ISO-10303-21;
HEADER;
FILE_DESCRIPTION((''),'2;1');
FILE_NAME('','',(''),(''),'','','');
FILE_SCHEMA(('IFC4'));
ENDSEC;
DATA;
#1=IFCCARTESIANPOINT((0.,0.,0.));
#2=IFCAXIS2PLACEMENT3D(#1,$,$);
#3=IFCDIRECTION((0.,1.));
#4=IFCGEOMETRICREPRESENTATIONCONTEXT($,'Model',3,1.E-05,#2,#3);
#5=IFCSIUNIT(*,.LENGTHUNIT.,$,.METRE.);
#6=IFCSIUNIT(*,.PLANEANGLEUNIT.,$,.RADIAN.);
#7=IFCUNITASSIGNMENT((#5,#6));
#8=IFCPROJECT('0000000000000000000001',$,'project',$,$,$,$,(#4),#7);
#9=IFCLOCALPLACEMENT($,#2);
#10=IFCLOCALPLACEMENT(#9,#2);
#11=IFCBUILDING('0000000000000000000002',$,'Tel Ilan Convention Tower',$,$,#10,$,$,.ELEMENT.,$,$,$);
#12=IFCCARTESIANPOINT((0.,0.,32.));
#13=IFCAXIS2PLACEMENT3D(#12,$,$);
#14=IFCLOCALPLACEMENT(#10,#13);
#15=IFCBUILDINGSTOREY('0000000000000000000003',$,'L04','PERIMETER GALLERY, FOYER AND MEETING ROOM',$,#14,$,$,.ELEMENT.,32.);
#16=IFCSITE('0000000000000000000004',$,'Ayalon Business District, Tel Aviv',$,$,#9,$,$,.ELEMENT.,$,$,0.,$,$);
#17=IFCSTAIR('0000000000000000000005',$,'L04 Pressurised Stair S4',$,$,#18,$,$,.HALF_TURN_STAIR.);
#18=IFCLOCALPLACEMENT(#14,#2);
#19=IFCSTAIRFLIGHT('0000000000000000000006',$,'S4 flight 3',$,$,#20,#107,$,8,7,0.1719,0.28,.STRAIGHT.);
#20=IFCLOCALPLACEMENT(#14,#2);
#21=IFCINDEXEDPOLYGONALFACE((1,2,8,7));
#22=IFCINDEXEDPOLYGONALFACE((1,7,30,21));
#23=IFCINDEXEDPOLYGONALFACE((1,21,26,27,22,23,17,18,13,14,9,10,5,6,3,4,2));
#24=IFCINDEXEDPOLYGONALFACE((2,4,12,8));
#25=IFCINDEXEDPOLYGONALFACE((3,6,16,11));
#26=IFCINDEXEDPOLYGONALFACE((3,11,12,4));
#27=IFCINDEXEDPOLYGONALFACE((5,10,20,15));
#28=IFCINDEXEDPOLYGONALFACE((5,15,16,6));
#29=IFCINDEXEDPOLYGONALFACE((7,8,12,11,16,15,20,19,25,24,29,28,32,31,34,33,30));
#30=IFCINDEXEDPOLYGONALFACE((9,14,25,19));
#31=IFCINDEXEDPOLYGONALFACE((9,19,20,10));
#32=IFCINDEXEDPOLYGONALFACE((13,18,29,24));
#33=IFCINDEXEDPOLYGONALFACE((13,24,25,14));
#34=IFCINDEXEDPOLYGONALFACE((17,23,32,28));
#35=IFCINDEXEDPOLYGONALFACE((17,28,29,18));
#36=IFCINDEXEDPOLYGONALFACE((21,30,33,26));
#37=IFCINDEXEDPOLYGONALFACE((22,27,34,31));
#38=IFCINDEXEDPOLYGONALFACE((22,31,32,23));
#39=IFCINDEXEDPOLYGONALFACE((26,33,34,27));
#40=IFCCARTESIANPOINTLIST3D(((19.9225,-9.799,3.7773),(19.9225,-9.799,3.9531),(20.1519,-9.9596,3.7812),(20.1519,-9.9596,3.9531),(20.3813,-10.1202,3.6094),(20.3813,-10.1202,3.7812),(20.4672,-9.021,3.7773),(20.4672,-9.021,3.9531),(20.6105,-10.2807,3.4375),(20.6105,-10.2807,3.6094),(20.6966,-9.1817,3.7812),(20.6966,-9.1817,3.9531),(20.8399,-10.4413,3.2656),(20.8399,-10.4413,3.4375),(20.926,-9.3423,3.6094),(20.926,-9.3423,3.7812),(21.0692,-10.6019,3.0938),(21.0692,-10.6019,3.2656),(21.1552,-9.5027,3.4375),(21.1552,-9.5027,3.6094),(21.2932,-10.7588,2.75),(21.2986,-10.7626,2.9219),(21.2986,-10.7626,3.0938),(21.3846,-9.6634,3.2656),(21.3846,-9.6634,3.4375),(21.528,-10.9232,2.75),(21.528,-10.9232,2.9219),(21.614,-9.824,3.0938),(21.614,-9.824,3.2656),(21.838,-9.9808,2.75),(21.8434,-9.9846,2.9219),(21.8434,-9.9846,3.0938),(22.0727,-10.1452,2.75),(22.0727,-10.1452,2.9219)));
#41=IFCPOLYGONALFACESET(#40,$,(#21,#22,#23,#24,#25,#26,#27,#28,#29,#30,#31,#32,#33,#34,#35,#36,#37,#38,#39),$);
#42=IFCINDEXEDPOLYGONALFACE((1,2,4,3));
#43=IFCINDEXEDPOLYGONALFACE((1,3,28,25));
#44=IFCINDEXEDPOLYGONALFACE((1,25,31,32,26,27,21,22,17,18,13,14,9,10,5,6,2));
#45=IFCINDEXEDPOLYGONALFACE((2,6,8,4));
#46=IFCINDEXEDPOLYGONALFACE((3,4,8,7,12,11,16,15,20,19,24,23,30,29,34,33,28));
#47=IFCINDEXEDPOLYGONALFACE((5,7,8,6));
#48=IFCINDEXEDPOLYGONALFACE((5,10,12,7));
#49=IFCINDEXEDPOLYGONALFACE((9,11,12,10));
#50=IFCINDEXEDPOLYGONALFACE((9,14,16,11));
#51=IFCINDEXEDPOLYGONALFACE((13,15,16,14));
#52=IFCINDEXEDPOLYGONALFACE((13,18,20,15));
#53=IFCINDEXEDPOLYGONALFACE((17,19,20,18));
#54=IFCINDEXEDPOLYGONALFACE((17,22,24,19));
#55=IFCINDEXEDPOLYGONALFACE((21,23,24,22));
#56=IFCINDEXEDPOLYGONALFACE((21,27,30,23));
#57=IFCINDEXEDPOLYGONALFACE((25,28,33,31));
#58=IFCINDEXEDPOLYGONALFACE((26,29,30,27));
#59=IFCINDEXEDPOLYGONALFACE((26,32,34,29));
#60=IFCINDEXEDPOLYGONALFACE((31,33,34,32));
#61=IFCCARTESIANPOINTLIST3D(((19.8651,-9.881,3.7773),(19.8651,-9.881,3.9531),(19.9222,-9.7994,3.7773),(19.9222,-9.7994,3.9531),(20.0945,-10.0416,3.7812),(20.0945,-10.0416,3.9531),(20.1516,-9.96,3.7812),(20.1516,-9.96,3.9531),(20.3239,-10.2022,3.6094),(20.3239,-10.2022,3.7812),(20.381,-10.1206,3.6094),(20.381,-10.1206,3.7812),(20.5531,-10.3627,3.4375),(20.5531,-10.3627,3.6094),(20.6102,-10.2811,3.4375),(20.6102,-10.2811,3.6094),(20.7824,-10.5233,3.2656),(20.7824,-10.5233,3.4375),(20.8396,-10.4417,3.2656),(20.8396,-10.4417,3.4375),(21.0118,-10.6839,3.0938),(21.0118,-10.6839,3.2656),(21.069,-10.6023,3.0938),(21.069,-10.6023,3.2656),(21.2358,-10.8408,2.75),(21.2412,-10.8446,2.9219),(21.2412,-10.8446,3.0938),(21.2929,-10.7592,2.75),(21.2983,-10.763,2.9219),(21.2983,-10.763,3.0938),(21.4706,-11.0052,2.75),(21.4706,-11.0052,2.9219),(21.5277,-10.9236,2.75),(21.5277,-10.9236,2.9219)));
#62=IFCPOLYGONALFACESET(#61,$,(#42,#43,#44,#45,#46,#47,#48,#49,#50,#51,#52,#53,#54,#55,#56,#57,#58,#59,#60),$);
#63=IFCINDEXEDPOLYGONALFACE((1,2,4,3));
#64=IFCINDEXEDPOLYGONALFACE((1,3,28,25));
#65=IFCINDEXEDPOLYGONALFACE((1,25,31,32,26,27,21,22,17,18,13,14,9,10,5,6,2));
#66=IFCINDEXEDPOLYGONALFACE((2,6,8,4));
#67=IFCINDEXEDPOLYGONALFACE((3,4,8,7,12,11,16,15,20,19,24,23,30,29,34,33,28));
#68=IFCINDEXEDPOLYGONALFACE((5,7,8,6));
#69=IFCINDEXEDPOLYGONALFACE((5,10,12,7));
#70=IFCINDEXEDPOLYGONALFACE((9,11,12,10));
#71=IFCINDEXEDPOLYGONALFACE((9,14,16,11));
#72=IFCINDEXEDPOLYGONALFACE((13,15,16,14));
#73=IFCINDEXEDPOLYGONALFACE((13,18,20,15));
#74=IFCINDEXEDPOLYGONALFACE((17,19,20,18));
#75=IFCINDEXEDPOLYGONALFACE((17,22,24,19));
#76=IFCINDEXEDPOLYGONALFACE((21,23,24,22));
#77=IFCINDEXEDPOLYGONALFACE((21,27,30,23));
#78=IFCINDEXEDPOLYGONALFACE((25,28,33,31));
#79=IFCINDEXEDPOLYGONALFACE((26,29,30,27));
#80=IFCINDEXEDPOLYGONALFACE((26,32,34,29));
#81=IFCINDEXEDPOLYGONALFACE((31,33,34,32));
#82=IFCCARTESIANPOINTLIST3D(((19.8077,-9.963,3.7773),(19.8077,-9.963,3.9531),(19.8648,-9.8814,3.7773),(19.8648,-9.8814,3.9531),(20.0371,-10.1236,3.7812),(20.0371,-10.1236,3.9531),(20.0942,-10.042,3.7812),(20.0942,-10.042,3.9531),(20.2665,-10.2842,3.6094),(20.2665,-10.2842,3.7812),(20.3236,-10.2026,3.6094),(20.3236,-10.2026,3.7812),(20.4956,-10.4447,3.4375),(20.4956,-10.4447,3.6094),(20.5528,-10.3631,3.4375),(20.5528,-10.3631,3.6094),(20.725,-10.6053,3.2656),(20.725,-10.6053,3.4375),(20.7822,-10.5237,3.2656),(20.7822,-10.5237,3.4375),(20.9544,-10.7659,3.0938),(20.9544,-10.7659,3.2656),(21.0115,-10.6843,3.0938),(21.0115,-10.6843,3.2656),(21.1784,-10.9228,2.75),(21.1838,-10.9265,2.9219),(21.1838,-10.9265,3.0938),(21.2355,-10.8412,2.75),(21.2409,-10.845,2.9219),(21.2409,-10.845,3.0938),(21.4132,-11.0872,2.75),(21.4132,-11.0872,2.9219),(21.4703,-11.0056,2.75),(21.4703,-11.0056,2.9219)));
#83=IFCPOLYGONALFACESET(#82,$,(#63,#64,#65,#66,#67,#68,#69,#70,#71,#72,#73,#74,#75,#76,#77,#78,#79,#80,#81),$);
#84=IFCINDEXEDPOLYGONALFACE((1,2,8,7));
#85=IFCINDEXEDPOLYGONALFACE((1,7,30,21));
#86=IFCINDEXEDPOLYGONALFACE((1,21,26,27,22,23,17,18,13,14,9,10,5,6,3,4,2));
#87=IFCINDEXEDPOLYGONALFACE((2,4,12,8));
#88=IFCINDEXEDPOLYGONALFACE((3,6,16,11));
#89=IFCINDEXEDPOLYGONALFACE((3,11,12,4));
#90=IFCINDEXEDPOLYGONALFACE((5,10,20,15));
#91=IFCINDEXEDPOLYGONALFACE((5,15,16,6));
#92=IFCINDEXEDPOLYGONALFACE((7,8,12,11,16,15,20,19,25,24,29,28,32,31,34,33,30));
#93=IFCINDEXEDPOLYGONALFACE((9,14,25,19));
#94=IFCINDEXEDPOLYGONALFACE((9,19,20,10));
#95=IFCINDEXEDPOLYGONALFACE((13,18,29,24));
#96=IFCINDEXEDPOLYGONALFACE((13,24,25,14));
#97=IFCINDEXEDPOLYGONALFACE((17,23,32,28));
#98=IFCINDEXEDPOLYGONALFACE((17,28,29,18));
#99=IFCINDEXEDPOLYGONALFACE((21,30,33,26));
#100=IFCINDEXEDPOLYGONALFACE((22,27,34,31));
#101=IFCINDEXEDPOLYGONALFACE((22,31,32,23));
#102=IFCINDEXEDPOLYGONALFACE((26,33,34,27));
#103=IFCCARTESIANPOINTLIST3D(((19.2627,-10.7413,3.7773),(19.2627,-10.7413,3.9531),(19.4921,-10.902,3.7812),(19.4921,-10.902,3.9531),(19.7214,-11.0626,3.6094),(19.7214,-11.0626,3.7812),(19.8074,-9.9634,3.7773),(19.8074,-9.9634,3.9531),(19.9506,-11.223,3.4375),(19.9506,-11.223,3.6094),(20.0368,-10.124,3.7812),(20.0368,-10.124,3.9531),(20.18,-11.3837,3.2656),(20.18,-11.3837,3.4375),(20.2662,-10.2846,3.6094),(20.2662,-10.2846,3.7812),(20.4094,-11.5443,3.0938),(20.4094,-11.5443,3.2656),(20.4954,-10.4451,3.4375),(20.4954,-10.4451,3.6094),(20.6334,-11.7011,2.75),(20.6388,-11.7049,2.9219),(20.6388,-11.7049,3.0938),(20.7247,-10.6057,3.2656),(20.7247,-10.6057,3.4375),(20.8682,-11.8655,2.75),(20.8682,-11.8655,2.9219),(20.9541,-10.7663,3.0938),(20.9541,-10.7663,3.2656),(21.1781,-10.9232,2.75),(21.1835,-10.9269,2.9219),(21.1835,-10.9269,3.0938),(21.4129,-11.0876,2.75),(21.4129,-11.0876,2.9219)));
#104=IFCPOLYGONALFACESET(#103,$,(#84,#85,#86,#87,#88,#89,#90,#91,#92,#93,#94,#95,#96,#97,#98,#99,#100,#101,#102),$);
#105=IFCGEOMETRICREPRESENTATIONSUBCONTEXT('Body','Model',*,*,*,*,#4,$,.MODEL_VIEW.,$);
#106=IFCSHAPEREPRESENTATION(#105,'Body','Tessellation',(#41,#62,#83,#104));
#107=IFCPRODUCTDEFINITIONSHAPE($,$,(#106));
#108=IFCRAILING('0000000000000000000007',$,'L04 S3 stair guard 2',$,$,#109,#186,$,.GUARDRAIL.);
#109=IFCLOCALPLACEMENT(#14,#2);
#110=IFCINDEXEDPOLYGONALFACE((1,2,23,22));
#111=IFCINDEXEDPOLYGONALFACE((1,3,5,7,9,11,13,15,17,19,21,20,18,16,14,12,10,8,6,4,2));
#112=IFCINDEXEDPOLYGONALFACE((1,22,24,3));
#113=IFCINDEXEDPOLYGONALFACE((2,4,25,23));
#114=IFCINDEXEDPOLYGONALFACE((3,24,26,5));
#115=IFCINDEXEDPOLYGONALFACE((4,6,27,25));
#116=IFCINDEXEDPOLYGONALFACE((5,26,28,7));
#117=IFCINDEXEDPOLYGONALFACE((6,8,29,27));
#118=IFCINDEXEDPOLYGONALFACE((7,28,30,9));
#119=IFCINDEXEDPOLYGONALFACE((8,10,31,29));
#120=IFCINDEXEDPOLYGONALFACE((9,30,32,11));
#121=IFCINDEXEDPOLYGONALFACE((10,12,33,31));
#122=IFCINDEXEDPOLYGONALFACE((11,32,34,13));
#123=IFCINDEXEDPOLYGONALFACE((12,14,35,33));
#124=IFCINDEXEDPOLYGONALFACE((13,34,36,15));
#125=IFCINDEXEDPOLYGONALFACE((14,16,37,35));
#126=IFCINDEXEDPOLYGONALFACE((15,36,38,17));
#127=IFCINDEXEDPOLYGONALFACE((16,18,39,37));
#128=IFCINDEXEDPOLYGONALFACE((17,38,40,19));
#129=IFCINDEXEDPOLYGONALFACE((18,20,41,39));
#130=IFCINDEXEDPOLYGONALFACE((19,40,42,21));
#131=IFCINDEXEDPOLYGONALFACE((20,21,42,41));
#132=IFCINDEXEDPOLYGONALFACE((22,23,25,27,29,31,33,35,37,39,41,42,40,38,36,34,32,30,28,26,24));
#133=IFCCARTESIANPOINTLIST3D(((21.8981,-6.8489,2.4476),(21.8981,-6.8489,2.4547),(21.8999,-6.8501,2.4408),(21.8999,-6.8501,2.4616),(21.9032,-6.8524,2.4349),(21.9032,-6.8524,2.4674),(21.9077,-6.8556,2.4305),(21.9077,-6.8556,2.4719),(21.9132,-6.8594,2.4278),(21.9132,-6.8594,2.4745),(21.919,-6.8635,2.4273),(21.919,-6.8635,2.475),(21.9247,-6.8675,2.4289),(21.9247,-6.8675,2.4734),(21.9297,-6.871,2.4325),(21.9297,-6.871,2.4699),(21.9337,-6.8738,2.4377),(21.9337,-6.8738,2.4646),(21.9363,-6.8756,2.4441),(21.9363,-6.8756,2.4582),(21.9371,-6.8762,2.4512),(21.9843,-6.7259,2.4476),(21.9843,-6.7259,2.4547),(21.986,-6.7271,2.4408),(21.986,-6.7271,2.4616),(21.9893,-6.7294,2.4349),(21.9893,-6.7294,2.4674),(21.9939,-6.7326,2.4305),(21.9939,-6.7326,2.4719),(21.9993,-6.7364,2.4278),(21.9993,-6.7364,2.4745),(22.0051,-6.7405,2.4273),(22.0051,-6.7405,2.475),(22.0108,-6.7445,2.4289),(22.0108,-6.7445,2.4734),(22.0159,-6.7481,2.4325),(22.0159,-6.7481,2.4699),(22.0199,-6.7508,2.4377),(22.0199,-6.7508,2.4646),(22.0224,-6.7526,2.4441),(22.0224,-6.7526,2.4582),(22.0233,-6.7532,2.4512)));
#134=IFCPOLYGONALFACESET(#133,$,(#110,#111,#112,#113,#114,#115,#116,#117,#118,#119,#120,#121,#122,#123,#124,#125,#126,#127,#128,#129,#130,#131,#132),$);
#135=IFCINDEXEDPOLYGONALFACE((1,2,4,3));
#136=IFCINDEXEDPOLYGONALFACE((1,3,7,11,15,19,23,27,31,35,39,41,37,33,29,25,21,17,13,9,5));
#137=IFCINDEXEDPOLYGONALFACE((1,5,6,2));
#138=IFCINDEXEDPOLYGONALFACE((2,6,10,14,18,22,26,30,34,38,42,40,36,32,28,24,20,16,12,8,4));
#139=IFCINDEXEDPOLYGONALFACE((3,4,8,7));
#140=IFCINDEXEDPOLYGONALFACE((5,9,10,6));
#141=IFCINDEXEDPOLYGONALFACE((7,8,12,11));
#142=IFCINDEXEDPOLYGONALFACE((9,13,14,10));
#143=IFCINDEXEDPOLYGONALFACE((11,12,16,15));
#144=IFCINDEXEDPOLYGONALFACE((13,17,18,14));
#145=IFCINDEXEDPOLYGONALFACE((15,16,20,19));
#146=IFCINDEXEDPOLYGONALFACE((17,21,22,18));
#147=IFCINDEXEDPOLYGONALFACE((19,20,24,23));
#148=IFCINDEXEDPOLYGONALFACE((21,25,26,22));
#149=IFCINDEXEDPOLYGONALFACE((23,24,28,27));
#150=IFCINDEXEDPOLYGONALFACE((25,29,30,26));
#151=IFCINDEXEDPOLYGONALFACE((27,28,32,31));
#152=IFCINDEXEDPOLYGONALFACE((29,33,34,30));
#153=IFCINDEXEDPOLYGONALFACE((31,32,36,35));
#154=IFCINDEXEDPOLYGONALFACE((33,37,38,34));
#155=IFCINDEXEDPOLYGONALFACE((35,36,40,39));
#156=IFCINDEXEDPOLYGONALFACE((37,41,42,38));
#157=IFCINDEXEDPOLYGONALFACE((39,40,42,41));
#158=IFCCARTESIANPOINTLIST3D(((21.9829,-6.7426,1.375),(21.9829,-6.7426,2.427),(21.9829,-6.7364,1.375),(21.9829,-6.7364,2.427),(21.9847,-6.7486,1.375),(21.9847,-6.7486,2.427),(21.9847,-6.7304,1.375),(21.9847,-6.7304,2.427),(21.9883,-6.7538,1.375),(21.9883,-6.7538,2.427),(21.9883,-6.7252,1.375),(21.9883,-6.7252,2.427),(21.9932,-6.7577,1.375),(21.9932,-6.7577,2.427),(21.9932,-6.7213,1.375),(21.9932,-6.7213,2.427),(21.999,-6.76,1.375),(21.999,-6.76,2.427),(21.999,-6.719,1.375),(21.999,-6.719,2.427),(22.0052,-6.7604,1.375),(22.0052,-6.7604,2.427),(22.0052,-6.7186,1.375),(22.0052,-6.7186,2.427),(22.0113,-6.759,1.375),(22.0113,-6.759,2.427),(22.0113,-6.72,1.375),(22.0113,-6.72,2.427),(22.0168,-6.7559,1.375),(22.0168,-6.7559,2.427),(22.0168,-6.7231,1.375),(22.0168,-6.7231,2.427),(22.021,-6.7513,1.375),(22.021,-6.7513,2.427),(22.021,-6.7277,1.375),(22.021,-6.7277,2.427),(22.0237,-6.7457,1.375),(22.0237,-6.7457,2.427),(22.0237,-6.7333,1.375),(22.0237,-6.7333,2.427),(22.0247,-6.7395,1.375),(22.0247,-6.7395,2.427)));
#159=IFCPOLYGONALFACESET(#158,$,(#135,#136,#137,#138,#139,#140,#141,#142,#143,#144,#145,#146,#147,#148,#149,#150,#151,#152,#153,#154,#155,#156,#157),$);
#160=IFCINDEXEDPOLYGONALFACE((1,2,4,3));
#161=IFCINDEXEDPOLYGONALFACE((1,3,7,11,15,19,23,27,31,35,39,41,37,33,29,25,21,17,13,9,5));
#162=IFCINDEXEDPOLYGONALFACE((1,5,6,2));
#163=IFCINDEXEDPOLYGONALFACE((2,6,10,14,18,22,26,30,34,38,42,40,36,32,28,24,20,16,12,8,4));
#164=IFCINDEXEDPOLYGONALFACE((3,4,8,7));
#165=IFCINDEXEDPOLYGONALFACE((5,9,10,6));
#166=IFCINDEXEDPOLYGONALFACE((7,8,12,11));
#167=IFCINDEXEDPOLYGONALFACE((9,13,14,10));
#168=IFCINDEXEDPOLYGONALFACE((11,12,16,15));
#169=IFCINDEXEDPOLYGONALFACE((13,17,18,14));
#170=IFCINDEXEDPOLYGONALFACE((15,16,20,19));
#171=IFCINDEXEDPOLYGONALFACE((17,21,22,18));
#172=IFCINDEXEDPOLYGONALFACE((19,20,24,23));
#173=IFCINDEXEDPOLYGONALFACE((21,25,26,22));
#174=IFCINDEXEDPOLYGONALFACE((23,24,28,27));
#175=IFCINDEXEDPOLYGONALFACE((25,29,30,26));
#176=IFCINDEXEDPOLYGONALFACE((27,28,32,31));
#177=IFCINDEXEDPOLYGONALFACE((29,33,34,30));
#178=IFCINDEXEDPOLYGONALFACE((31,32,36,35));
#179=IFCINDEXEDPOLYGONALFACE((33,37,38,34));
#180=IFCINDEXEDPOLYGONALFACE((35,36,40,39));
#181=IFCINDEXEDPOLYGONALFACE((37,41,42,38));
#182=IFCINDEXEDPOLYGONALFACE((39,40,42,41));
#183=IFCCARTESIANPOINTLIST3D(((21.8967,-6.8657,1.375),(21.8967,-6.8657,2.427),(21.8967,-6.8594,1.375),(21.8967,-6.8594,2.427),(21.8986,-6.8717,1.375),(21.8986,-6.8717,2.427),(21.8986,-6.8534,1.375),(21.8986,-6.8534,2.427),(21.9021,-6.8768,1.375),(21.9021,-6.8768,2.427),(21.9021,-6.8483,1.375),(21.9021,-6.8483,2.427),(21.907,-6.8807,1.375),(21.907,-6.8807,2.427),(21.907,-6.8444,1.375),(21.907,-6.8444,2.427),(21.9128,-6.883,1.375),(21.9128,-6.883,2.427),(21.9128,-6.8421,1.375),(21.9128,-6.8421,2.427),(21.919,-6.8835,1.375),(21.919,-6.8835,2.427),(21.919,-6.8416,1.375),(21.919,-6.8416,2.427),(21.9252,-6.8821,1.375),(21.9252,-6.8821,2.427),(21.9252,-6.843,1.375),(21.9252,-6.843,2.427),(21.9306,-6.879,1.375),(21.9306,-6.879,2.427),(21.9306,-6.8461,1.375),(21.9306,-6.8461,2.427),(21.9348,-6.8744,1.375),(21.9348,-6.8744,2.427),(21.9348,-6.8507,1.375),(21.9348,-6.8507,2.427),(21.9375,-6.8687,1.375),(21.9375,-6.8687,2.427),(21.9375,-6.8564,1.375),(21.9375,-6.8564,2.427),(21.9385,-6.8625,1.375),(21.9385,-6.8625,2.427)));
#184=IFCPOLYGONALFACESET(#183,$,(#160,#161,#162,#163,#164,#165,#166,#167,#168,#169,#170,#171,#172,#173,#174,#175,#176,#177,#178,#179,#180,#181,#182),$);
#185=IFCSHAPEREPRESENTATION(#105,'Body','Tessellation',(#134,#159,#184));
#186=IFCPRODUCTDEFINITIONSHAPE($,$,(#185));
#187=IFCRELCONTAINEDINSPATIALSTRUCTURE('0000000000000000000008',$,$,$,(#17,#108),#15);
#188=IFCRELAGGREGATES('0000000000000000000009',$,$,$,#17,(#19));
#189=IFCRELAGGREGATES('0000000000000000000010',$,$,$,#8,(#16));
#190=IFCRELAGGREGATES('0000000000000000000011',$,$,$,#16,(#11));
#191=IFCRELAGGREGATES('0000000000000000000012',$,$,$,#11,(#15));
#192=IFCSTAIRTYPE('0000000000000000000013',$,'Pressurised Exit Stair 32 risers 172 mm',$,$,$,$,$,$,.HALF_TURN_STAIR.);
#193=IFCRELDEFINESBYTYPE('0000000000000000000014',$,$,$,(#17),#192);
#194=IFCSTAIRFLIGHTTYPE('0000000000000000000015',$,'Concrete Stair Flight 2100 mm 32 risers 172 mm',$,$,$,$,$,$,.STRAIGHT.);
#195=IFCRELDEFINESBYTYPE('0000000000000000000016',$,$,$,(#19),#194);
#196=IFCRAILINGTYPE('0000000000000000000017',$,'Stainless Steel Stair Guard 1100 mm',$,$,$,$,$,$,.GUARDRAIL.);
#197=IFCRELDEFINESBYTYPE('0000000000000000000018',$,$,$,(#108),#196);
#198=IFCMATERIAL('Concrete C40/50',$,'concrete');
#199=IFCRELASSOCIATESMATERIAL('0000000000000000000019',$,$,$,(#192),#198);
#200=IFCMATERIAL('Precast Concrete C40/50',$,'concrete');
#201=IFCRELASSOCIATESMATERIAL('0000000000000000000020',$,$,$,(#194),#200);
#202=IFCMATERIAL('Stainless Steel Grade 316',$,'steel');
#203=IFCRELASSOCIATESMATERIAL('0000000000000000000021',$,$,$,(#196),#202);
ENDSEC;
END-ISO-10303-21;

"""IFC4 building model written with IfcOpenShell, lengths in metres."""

from ifc_helpers import new_model, si_unit, direction, frame, origin, origin_2d, place, context, subcontext, project, spatial, polyline, circle, outline, extrude, material, type_object, element, aggregate, save


model = new_model("IFC4")

# Units and contexts
model_context = context("Model", 3, precision=1e-05, world=origin(), true_north=direction((0.0, 1.0)))
body_context = subcontext(model_context, "Body", "Model", "MODEL_VIEW")
ifc_project = project(units=[si_unit("LENGTHUNIT", "METRE"), si_unit("PLANEANGLEUNIT", "RADIAN")], contexts=[model_context])

# Site, building, storey
site_placement = place(None, origin())
site = spatial("IfcSite", under=ifc_project, at=site_placement, Name="Ayalon Business District, Tel Aviv", CompositionType="ELEMENT", RefElevation=0.0)
building_placement = place(site_placement, origin())
building = spatial("IfcBuilding", under=site, at=building_placement, Name="Tel Ilan Convention Tower", CompositionType="ELEMENT")
storey_placement = place(building_placement, frame((0.0, 0.0, 32.0)))
storey = spatial("IfcBuildingStorey", under=building, at=storey_placement, Name="L04", Description="PERIMETER GALLERY, FOYER AND MEETING ROOM", CompositionType="ELEMENT", Elevation=32.0)

# Stair, stair flight
ifc_material_1 = material(Name="Concrete C40/50", Category="concrete")
stair_type = type_object("IfcStairType", Name="Pressurised Exit Stair 32 risers 172 mm", PredefinedType="HALF_TURN_STAIR", material=ifc_material_1)
ifc_material_2 = material(Name="Precast Concrete C40/50", Category="concrete")
stair_flight_type = type_object("IfcStairFlightType", Name="Concrete Stair Flight 2100 mm 32 risers 172 mm", PredefinedType="STRAIGHT", material=ifc_material_2)
stair_1_placement = place(storey_placement, origin())
stair_1 = element("IfcStair", 1, at=stair_1_placement, inside=storey, type_object=stair_type, Name="L04 Pressurised Stair S4", PredefinedType="HALF_TURN_STAIR")
stair_flight_1_placement = place(storey_placement, frame((21.4705, -11.0054, 2.75), z_axis=(0.0, 0.0, 1.0), x_axis=(-0.819152, 0.573576, 0.0)))
stair_flight_1 = element("IfcStairFlight", 2, at=stair_flight_1_placement, type_object=stair_flight_type, Name="S4 flight 3", NumberOfRisers=8, NumberOfTreads=7, PredefinedType="STRAIGHT", RiserHeight=0.1719, TreadLength=0.28, context=body_context, shape_type="SweptSolid", body=[
    extrude(outline(polyline([(0.0, 0.0), (0.0, 0.1719), (0.28, 0.1719), (0.28, 0.3438), (0.5601, 0.3438), (0.5601, 0.5156), (0.8401, 0.5156), (0.8401, 0.6875), (1.1201, 0.6875), (1.1201, 0.8594), (1.3999, 0.8594), (1.3999, 1.0312), (1.6799, 1.0312), (1.6799, 1.2031), (1.96, 1.2031), (1.96, 1.375), (1.96, 1.0273), (0.2866, 0.0), (0.0, 0.0)])), frame((0.0, -0.1003, 0.0), z_axis=(0.0, -1.0, 0.0), x_axis=(1.0, 0.0, 0.0)), (0.0, 0.0, 1.0), 0.9497),
    extrude(outline(polyline([(0.0, 0.0), (0.0, 0.1719), (0.28, 0.1719), (0.28, 0.3438), (0.5601, 0.3438), (0.5601, 0.5156), (0.8401, 0.5156), (0.8401, 0.6875), (1.1201, 0.6875), (1.1201, 0.8594), (1.3999, 0.8594), (1.3999, 1.0312), (1.6799, 1.0312), (1.6799, 1.2031), (1.96, 1.2031), (1.96, 1.375), (1.96, 1.0273), (0.2866, 0.0), (0.0, 0.0)])), frame((0.0, -0.0002, 0.0), z_axis=(0.0, -1.0, 0.0), x_axis=(1.0, 0.0, 0.0)), (0.0, 0.0, 1.0), 0.0996),
    extrude(outline(polyline([(0.0, 0.0), (0.0, 0.1719), (0.28, 0.1719), (0.28, 0.3438), (0.5601, 0.3438), (0.5601, 0.5156), (0.8401, 0.5156), (0.8401, 0.6875), (1.1201, 0.6875), (1.1201, 0.8594), (1.3999, 0.8594), (1.3999, 1.0312), (1.6799, 1.0312), (1.6799, 1.2031), (1.96, 1.2031), (1.96, 1.375), (1.96, 1.0273), (0.2866, 0.0), (0.0, 0.0)])), frame((0.0, 0.0999, 0.0), z_axis=(0.0, -1.0, 0.0), x_axis=(1.0, 0.0, 0.0)), (0.0, 0.0, 1.0), 0.0996),
    extrude(outline(polyline([(0.0, 0.0), (0.0, 0.1719), (0.28, 0.1719), (0.28, 0.3438), (0.5601, 0.3438), (0.5601, 0.5156), (0.8401, 0.5156), (0.8401, 0.6875), (1.1201, 0.6875), (1.1201, 0.8594), (1.3999, 0.8594), (1.3999, 1.0312), (1.6799, 1.0312), (1.6799, 1.2031), (1.96, 1.2031), (1.96, 1.375), (1.96, 1.0273), (0.2866, 0.0), (0.0, 0.0)])), frame((0.0, 1.05, 0.0), z_axis=(0.0, -1.0, 0.0), x_axis=(1.0, 0.0, 0.0)), (0.0, 0.0, 1.0), 0.9497),
])
aggregate(stair_1, [stair_flight_1])

# Railing
ifc_material_3 = material(Name="Stainless Steel Grade 316", Category="steel")
railing_type_1 = type_object("IfcRailingType", Name="Stainless Steel Stair Guard 1100 mm", PredefinedType="GUARDRAIL", material=ifc_material_3)
railing_1_placement = place(storey_placement, frame((22.0037, -6.7395, 1.375)))
element("IfcRailing", 3, at=railing_1_placement, inside=storey, type_object=railing_type_1, Name="L04 S3 stair guard 2", PredefinedType="GUARDRAIL", context=body_context, shape_type="SweptSolid", body=[
    extrude(circle(Radius=0.0239, at=origin_2d()), frame((0.0, 0.0, 1.0762), z_axis=(-0.57368, -0.819079, 0.0), x_axis=(0.819079, -0.57368, 0.0)), (0.0, 0.0, 1.0), 0.1501),
    extrude(circle(Radius=0.021, at=origin_2d()), origin(), (0.0, 0.0, 1.0), 1.052),
    extrude(circle(Radius=0.021, at=origin_2d()), frame((-0.0862, -0.123, 0.0)), (0.0, 0.0, 1.0), 1.052),
])

save(model, "model.ifc")
